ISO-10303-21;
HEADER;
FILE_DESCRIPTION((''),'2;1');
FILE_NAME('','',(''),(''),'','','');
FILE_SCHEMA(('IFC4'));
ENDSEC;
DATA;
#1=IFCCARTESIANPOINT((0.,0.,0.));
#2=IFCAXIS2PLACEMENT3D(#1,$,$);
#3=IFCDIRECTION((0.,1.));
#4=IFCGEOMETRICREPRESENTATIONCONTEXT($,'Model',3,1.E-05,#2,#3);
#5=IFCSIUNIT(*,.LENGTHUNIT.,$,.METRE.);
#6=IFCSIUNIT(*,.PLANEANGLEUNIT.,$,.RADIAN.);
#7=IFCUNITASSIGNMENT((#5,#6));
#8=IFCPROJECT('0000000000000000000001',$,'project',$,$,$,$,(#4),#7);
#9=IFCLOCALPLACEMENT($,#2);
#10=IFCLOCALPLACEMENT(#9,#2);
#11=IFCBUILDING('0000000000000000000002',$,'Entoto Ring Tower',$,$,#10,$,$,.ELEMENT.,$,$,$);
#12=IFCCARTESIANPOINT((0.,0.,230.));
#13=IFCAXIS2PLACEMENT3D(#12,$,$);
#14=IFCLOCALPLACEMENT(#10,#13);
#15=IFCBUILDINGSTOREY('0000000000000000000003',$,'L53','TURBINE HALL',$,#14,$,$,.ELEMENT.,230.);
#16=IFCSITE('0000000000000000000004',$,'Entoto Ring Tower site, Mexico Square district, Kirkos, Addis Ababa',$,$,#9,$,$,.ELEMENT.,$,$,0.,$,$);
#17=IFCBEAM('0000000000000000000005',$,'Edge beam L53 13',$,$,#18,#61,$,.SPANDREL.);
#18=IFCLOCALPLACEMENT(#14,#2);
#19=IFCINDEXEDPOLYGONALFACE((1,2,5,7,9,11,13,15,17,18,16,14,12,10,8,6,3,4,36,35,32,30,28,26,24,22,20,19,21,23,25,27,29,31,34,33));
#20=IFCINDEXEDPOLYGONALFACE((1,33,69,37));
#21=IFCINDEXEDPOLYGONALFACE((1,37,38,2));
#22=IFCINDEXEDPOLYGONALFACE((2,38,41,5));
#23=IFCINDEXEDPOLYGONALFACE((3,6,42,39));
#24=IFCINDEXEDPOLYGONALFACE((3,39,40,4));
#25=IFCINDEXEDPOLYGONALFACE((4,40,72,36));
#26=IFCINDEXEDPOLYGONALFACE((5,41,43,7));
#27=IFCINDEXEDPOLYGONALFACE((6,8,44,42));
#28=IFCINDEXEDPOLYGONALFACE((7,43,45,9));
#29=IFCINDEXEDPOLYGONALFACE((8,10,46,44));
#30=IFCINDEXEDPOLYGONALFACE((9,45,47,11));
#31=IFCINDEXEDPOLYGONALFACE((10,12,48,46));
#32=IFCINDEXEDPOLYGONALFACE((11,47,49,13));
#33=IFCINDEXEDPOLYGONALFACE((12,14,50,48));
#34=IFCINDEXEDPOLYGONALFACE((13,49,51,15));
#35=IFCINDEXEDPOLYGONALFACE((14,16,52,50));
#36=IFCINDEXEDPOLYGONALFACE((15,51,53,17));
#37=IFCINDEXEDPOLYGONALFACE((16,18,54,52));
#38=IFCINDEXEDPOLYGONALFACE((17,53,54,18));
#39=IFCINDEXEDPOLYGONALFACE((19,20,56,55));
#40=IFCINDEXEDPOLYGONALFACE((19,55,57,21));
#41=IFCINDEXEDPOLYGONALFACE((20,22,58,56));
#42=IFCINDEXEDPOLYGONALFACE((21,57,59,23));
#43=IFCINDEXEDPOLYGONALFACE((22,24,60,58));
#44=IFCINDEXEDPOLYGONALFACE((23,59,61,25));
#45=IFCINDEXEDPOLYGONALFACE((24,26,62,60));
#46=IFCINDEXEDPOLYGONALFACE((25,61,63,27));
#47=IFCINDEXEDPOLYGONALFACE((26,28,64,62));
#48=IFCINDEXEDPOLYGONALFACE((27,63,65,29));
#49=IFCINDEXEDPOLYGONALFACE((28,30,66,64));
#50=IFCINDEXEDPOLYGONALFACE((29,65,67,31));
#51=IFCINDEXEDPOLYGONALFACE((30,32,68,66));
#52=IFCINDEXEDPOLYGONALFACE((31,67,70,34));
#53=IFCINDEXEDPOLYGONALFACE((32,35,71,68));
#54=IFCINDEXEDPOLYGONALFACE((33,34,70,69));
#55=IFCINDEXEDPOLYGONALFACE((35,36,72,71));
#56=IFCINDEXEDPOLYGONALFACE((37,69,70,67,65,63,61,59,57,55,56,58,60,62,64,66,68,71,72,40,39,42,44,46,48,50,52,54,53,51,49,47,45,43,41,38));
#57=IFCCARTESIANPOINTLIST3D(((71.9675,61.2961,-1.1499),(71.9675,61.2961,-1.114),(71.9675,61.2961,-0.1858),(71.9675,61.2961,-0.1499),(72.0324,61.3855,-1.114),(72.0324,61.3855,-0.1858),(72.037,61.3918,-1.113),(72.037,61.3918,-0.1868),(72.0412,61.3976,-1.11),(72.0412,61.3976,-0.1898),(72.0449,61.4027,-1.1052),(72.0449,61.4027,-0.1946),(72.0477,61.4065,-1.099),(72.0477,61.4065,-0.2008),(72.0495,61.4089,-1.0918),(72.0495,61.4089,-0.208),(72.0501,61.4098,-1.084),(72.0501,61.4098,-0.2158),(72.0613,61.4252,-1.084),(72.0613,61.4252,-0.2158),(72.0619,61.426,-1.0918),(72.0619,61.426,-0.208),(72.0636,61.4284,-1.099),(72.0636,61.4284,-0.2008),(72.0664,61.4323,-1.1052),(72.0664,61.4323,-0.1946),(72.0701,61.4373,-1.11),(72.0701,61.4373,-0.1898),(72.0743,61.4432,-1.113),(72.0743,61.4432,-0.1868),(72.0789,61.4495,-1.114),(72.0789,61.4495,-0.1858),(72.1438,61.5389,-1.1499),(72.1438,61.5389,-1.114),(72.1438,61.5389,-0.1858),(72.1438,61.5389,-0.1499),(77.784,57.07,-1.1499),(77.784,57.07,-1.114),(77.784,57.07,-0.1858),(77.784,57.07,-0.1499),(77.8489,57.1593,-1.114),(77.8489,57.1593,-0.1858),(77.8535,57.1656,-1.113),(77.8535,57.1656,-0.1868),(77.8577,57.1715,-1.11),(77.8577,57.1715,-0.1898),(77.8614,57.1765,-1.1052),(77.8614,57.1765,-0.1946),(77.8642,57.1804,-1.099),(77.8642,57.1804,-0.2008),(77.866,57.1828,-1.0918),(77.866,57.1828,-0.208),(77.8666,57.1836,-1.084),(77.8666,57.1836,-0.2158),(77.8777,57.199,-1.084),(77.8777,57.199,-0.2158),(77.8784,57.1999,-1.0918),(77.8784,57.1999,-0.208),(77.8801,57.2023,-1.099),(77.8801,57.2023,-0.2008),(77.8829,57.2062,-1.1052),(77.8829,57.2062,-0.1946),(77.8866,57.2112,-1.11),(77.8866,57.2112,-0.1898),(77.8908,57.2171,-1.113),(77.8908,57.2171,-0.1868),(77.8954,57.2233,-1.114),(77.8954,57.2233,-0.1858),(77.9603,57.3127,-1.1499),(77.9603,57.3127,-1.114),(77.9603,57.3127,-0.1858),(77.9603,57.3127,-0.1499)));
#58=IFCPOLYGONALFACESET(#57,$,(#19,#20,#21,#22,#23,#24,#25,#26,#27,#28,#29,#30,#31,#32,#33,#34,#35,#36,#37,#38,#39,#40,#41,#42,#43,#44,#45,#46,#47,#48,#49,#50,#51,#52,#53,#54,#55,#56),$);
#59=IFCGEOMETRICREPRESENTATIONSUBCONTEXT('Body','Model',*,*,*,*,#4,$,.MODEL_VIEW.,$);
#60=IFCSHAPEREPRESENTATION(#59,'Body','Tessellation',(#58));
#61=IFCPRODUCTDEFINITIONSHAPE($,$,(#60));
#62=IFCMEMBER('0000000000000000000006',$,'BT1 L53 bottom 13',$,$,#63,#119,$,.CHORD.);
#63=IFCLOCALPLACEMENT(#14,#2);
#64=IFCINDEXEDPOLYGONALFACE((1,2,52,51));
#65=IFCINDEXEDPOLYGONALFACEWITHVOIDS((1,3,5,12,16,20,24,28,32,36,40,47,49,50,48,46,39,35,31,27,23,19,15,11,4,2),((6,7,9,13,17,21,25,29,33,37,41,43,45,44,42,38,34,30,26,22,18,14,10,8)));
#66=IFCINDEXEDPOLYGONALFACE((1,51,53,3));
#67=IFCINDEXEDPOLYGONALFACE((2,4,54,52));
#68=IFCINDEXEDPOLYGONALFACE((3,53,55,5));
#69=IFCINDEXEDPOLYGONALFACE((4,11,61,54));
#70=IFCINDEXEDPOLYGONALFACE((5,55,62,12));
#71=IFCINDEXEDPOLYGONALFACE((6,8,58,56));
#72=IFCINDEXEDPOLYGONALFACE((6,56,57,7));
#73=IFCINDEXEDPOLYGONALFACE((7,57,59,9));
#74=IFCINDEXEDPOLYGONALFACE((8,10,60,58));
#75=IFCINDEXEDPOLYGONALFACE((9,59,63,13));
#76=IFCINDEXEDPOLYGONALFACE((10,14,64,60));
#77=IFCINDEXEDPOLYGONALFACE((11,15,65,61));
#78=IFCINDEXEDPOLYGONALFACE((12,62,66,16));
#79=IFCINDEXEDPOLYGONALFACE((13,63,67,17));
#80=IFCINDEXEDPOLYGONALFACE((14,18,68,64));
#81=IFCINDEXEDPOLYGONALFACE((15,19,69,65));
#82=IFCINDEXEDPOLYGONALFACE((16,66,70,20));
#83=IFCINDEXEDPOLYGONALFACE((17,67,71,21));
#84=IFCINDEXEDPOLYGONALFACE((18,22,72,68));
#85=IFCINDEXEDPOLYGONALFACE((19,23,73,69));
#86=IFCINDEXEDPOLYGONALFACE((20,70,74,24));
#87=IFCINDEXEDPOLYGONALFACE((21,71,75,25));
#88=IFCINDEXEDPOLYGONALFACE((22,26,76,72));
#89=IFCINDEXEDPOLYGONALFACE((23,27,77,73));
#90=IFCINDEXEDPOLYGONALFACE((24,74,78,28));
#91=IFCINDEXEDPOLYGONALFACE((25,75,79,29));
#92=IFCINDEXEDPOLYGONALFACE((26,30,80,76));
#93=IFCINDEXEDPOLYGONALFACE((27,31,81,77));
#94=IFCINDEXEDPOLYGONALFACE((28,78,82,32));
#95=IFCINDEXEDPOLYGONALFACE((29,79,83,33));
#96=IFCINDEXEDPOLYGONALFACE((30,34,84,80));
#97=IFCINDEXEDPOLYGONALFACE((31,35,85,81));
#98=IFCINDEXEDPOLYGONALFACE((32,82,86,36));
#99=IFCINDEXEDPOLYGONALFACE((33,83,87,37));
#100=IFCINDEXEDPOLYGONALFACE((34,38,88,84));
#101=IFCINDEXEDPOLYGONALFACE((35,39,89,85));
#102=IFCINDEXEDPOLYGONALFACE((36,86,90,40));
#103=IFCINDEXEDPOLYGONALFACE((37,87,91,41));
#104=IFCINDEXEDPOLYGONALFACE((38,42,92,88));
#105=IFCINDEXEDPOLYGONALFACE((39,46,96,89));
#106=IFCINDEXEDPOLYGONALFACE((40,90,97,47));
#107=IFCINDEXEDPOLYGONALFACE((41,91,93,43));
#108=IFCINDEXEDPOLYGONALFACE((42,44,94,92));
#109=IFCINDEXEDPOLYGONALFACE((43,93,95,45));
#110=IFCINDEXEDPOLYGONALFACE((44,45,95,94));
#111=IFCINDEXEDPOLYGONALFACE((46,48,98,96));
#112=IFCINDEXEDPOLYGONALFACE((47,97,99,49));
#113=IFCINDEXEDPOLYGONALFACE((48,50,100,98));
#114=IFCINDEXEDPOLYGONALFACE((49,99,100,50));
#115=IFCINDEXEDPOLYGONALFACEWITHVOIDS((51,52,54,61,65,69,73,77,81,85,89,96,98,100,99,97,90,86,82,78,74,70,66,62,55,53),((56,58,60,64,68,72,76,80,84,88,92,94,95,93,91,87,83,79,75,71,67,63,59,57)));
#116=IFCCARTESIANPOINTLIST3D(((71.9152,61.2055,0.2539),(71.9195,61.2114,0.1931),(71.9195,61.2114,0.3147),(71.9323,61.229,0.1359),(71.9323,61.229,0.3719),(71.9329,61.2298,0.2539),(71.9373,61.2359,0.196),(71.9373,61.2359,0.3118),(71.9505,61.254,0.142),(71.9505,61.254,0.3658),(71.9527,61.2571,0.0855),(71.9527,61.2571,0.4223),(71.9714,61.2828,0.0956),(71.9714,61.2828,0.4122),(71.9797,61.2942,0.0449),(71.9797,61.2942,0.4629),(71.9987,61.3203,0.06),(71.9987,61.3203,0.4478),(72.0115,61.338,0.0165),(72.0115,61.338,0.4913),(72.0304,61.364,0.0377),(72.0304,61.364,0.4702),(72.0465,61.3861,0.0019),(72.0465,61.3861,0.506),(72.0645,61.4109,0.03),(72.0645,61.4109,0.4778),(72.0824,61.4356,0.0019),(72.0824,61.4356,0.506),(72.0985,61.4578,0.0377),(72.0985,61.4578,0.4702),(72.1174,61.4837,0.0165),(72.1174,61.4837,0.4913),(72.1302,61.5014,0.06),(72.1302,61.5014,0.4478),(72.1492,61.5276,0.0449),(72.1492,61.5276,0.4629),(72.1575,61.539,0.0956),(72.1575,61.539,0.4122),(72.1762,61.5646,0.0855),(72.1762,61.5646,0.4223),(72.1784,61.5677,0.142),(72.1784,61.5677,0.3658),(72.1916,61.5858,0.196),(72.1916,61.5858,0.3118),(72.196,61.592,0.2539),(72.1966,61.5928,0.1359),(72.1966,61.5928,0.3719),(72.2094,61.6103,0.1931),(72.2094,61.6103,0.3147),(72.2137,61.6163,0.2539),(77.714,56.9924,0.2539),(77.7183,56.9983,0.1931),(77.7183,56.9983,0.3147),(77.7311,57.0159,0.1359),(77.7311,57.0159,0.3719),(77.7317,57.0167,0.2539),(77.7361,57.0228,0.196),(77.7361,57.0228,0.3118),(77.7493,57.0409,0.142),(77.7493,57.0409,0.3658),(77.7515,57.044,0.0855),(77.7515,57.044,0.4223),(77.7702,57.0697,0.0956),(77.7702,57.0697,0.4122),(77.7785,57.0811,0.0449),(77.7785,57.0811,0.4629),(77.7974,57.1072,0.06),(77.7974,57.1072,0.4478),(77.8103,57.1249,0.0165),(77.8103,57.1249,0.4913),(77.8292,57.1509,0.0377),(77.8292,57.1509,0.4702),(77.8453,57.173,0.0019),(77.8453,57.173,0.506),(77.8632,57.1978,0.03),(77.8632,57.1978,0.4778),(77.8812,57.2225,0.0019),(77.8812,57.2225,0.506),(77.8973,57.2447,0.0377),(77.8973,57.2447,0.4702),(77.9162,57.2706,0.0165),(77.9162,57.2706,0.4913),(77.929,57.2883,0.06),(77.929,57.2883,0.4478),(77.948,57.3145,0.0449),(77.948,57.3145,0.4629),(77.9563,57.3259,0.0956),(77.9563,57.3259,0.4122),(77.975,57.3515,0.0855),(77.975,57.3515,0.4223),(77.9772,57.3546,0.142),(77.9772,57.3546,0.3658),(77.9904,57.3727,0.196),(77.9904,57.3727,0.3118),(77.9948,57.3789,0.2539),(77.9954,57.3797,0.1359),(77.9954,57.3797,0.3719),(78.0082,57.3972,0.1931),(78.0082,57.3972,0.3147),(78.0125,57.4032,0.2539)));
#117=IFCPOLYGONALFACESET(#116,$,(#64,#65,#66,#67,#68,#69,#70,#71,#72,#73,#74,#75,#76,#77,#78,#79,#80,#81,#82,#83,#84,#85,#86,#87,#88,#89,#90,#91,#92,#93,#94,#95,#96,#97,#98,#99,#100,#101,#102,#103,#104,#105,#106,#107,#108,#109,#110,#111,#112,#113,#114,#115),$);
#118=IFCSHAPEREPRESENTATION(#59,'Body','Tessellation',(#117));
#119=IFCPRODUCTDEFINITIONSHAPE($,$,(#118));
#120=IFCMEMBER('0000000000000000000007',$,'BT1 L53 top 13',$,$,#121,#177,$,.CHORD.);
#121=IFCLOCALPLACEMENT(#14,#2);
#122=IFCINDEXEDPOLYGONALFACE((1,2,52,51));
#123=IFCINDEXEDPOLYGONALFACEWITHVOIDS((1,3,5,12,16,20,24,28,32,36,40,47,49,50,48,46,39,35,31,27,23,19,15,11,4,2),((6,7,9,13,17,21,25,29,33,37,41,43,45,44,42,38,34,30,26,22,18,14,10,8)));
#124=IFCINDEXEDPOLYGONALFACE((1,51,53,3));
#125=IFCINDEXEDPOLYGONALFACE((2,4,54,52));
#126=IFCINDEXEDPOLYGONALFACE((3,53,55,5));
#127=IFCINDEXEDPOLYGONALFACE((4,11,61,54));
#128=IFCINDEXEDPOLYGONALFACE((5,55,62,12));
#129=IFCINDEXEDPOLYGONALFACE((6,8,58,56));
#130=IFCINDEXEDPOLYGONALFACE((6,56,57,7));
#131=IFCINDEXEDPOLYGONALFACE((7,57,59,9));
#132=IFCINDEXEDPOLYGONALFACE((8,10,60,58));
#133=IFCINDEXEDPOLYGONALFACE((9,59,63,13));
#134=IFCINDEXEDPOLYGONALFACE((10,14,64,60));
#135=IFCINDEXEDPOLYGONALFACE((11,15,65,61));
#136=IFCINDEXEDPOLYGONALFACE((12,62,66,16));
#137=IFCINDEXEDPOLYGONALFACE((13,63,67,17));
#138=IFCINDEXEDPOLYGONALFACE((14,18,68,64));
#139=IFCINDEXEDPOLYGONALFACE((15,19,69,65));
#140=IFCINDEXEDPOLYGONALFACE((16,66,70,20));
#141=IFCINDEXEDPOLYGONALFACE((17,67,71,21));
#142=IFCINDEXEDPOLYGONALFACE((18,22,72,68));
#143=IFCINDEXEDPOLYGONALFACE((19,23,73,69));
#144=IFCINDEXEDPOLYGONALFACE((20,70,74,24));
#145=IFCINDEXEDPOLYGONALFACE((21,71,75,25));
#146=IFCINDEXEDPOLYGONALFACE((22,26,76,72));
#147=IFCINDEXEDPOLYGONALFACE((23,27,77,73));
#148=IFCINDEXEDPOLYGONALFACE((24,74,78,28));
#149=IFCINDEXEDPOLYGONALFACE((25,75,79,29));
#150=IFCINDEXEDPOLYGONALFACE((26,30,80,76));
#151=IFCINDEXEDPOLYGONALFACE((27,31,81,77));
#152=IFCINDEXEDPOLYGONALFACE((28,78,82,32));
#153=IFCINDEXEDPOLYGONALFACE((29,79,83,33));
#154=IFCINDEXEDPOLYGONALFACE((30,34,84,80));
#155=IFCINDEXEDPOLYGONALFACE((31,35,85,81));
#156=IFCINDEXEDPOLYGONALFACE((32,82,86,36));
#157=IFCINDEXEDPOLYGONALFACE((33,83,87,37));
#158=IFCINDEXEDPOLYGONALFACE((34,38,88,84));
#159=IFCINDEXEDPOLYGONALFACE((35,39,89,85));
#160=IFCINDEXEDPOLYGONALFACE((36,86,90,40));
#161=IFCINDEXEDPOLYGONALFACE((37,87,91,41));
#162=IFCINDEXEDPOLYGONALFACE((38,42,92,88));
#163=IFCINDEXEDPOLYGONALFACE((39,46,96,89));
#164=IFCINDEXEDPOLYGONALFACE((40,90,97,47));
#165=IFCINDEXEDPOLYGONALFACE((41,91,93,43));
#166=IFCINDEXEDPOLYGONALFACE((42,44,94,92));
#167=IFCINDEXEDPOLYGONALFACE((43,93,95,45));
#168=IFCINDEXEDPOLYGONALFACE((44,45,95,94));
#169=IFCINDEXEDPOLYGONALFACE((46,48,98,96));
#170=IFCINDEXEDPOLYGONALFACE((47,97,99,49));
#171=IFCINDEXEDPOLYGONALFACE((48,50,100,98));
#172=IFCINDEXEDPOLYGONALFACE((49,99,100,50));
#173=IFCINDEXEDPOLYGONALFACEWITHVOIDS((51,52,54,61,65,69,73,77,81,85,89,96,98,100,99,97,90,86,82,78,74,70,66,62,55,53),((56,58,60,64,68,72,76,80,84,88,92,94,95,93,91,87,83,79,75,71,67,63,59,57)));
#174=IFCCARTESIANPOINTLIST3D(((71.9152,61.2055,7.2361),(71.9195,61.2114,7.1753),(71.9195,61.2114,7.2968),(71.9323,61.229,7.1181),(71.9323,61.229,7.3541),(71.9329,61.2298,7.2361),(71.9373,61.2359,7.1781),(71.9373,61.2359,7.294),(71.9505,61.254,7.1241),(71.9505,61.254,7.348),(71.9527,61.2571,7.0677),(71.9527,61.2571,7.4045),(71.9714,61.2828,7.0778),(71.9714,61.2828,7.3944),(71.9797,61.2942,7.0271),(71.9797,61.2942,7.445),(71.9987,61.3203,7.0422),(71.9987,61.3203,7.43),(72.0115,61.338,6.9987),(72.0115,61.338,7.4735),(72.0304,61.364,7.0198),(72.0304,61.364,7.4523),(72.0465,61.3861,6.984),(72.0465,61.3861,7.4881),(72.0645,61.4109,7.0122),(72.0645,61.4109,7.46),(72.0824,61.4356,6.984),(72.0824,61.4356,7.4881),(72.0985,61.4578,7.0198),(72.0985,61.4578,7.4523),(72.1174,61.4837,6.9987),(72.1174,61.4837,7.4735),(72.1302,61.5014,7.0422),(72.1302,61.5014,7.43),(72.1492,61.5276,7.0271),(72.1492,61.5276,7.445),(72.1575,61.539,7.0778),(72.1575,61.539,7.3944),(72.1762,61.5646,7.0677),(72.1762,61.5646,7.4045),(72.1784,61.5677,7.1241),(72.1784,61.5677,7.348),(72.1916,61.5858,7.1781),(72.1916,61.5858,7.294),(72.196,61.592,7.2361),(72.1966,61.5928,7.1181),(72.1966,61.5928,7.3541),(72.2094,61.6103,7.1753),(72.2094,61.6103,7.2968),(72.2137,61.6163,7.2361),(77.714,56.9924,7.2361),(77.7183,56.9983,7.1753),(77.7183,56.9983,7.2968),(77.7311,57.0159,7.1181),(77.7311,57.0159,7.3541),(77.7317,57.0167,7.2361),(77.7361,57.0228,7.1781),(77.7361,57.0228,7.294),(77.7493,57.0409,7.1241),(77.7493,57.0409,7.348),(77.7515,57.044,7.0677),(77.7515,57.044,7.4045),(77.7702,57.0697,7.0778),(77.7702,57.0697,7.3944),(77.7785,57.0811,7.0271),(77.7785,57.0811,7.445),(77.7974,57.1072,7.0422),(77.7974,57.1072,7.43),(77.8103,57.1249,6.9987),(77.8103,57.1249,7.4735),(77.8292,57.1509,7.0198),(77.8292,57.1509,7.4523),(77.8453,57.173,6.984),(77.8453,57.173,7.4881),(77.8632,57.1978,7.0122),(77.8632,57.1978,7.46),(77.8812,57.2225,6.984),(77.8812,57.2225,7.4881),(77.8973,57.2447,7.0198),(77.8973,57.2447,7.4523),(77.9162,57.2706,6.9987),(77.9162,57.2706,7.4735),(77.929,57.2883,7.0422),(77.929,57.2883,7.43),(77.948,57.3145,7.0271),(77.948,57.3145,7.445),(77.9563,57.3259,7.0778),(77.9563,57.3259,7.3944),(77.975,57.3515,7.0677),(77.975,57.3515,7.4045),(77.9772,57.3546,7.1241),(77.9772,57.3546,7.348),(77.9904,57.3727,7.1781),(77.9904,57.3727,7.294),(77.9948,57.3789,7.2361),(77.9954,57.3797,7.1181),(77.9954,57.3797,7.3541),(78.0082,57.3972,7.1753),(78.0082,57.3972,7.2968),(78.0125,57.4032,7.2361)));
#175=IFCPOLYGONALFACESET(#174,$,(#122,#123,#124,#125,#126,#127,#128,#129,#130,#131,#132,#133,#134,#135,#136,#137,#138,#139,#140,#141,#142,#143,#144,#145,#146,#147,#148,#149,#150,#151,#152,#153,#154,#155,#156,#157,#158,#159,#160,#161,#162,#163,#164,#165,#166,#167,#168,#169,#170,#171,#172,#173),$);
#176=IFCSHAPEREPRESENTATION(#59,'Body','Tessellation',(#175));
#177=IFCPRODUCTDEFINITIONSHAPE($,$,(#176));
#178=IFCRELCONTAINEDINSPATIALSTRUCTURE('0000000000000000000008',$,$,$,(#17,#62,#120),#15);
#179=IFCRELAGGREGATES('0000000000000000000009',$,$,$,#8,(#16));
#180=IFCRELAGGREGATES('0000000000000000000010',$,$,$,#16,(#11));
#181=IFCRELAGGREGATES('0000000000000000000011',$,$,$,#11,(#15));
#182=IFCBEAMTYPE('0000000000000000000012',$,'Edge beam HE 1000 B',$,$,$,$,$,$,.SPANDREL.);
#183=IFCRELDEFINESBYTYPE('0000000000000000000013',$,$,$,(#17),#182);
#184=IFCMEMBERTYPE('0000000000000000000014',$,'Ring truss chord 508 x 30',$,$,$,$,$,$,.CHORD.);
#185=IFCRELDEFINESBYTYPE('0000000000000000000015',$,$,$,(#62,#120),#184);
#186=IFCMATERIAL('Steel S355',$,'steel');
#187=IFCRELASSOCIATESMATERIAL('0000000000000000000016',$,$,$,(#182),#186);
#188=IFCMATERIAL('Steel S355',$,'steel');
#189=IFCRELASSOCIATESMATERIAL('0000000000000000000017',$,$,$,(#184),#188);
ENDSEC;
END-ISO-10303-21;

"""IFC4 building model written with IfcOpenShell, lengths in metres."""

from ifc_helpers import new_model, si_unit, direction, frame, origin, origin_2d, place, context, subcontext, project, spatial, circle, hollow_circle, i_section, extrude, material, material_profile, profile_set, type_object, element, save


model = new_model("IFC4")

# Units and contexts
model_context = context("Model", 3, precision=1e-05, world=origin(), true_north=direction((0.0, 1.0)))
body_context = subcontext(model_context, "Body", "Model", "MODEL_VIEW")
ifc_project = project(units=[si_unit("LENGTHUNIT", "METRE"), si_unit("PLANEANGLEUNIT", "RADIAN")], contexts=[model_context])

# Site, building, storey
site_placement = place(None, origin())
site = spatial("IfcSite", under=ifc_project, at=site_placement, Name="Entoto Ring Tower site, Mexico Square district, Kirkos, Addis Ababa", CompositionType="ELEMENT", RefElevation=0.0)
building_placement = place(site_placement, origin())
building = spatial("IfcBuilding", under=site, at=building_placement, Name="Entoto Ring Tower", CompositionType="ELEMENT")
storey_placement = place(building_placement, frame((0.0, 0.0, 230.0)))
storey = spatial("IfcBuildingStorey", under=building, at=storey_placement, Name="L53", Description="TURBINE HALL", CompositionType="ELEMENT", Elevation=230.0)

# Beam
ifc_material_1 = material(Name="Steel S355", Category="steel")
ifc_material_profile_1 = material_profile(ifc_material_1, i_section(OverallWidth=0.3, OverallDepth=1.0, WebThickness=0.019, FlangeThickness=0.0359, FilletRadius=0.03, at=origin_2d()), Name="HE 1000 B")
ifc_profile_set_1 = profile_set([ifc_material_profile_1], Name="Steel S355")
beam_type = type_object("IfcBeamType", Name="Edge beam HE 1000 B", PredefinedType="SPANDREL", material=ifc_profile_set_1)
beam_placement = place(storey_placement, frame((72.0557, 61.4175, -0.6499), z_axis=(0.809003, -0.587804, 0.0), x_axis=(0.587804, 0.809003, 0.0)))
element("IfcBeam", 1, at=beam_placement, inside=storey, type_object=beam_type, Name="Edge beam L53 13", PredefinedType="SPANDREL", context=body_context, shape_type="SweptSolid", body=[
    extrude(i_section(OverallWidth=0.3, OverallDepth=1.0, WebThickness=0.019, FlangeThickness=0.0359, FilletRadius=0.03, at=origin_2d()), origin(), (0.0, 0.0, 1.0), 7.1897),
])

# Members
ifc_material_2 = material(Name="Steel S355", Category="steel")
ifc_material_profile_2 = material_profile(ifc_material_2, hollow_circle(Radius=0.2539, WallThickness=0.03, at=origin_2d()), Name="CHS 508 x 30")
ifc_material_3 = material(Name="Concrete C60/75", Category="concrete")
ifc_material_profile_3 = material_profile(ifc_material_3, circle(Radius=0.2241, at=origin_2d()), Name="Concrete C60/75 infill")
ifc_profile_set_2 = profile_set([ifc_material_profile_2, ifc_material_profile_3], Name="Steel S355")
member_type_1 = type_object("IfcMemberType", Name="Ring truss chord 508 x 30", PredefinedType="CHORD", material=ifc_profile_set_2)
for number, where, z_axis, x_axis, name in (
    (2, (72.0645, 61.4109, 0.2539), (0.809014, -0.587789, 0.0), (0.587789, 0.809014, 0.0), "BT1 L53 bottom 13"),
    (3, (72.0645, 61.4109, 7.2361), (0.809014, -0.587789, 0.0), (0.587789, 0.809014, 0.0), "BT1 L53 top 13"),
):
    element("IfcMember", number, at=place(storey_placement, frame(where, z_axis=z_axis, x_axis=x_axis)), inside=storey, type_object=member_type_1, Name=name, PredefinedType="CHORD", context=body_context, shape_type="SweptSolid", body=[
        extrude(hollow_circle(Radius=0.2539, WallThickness=0.03, at=origin_2d()), origin(), (0.0, 0.0, 1.0), 7.1677),
    ])

save(model, "model.ifc")
